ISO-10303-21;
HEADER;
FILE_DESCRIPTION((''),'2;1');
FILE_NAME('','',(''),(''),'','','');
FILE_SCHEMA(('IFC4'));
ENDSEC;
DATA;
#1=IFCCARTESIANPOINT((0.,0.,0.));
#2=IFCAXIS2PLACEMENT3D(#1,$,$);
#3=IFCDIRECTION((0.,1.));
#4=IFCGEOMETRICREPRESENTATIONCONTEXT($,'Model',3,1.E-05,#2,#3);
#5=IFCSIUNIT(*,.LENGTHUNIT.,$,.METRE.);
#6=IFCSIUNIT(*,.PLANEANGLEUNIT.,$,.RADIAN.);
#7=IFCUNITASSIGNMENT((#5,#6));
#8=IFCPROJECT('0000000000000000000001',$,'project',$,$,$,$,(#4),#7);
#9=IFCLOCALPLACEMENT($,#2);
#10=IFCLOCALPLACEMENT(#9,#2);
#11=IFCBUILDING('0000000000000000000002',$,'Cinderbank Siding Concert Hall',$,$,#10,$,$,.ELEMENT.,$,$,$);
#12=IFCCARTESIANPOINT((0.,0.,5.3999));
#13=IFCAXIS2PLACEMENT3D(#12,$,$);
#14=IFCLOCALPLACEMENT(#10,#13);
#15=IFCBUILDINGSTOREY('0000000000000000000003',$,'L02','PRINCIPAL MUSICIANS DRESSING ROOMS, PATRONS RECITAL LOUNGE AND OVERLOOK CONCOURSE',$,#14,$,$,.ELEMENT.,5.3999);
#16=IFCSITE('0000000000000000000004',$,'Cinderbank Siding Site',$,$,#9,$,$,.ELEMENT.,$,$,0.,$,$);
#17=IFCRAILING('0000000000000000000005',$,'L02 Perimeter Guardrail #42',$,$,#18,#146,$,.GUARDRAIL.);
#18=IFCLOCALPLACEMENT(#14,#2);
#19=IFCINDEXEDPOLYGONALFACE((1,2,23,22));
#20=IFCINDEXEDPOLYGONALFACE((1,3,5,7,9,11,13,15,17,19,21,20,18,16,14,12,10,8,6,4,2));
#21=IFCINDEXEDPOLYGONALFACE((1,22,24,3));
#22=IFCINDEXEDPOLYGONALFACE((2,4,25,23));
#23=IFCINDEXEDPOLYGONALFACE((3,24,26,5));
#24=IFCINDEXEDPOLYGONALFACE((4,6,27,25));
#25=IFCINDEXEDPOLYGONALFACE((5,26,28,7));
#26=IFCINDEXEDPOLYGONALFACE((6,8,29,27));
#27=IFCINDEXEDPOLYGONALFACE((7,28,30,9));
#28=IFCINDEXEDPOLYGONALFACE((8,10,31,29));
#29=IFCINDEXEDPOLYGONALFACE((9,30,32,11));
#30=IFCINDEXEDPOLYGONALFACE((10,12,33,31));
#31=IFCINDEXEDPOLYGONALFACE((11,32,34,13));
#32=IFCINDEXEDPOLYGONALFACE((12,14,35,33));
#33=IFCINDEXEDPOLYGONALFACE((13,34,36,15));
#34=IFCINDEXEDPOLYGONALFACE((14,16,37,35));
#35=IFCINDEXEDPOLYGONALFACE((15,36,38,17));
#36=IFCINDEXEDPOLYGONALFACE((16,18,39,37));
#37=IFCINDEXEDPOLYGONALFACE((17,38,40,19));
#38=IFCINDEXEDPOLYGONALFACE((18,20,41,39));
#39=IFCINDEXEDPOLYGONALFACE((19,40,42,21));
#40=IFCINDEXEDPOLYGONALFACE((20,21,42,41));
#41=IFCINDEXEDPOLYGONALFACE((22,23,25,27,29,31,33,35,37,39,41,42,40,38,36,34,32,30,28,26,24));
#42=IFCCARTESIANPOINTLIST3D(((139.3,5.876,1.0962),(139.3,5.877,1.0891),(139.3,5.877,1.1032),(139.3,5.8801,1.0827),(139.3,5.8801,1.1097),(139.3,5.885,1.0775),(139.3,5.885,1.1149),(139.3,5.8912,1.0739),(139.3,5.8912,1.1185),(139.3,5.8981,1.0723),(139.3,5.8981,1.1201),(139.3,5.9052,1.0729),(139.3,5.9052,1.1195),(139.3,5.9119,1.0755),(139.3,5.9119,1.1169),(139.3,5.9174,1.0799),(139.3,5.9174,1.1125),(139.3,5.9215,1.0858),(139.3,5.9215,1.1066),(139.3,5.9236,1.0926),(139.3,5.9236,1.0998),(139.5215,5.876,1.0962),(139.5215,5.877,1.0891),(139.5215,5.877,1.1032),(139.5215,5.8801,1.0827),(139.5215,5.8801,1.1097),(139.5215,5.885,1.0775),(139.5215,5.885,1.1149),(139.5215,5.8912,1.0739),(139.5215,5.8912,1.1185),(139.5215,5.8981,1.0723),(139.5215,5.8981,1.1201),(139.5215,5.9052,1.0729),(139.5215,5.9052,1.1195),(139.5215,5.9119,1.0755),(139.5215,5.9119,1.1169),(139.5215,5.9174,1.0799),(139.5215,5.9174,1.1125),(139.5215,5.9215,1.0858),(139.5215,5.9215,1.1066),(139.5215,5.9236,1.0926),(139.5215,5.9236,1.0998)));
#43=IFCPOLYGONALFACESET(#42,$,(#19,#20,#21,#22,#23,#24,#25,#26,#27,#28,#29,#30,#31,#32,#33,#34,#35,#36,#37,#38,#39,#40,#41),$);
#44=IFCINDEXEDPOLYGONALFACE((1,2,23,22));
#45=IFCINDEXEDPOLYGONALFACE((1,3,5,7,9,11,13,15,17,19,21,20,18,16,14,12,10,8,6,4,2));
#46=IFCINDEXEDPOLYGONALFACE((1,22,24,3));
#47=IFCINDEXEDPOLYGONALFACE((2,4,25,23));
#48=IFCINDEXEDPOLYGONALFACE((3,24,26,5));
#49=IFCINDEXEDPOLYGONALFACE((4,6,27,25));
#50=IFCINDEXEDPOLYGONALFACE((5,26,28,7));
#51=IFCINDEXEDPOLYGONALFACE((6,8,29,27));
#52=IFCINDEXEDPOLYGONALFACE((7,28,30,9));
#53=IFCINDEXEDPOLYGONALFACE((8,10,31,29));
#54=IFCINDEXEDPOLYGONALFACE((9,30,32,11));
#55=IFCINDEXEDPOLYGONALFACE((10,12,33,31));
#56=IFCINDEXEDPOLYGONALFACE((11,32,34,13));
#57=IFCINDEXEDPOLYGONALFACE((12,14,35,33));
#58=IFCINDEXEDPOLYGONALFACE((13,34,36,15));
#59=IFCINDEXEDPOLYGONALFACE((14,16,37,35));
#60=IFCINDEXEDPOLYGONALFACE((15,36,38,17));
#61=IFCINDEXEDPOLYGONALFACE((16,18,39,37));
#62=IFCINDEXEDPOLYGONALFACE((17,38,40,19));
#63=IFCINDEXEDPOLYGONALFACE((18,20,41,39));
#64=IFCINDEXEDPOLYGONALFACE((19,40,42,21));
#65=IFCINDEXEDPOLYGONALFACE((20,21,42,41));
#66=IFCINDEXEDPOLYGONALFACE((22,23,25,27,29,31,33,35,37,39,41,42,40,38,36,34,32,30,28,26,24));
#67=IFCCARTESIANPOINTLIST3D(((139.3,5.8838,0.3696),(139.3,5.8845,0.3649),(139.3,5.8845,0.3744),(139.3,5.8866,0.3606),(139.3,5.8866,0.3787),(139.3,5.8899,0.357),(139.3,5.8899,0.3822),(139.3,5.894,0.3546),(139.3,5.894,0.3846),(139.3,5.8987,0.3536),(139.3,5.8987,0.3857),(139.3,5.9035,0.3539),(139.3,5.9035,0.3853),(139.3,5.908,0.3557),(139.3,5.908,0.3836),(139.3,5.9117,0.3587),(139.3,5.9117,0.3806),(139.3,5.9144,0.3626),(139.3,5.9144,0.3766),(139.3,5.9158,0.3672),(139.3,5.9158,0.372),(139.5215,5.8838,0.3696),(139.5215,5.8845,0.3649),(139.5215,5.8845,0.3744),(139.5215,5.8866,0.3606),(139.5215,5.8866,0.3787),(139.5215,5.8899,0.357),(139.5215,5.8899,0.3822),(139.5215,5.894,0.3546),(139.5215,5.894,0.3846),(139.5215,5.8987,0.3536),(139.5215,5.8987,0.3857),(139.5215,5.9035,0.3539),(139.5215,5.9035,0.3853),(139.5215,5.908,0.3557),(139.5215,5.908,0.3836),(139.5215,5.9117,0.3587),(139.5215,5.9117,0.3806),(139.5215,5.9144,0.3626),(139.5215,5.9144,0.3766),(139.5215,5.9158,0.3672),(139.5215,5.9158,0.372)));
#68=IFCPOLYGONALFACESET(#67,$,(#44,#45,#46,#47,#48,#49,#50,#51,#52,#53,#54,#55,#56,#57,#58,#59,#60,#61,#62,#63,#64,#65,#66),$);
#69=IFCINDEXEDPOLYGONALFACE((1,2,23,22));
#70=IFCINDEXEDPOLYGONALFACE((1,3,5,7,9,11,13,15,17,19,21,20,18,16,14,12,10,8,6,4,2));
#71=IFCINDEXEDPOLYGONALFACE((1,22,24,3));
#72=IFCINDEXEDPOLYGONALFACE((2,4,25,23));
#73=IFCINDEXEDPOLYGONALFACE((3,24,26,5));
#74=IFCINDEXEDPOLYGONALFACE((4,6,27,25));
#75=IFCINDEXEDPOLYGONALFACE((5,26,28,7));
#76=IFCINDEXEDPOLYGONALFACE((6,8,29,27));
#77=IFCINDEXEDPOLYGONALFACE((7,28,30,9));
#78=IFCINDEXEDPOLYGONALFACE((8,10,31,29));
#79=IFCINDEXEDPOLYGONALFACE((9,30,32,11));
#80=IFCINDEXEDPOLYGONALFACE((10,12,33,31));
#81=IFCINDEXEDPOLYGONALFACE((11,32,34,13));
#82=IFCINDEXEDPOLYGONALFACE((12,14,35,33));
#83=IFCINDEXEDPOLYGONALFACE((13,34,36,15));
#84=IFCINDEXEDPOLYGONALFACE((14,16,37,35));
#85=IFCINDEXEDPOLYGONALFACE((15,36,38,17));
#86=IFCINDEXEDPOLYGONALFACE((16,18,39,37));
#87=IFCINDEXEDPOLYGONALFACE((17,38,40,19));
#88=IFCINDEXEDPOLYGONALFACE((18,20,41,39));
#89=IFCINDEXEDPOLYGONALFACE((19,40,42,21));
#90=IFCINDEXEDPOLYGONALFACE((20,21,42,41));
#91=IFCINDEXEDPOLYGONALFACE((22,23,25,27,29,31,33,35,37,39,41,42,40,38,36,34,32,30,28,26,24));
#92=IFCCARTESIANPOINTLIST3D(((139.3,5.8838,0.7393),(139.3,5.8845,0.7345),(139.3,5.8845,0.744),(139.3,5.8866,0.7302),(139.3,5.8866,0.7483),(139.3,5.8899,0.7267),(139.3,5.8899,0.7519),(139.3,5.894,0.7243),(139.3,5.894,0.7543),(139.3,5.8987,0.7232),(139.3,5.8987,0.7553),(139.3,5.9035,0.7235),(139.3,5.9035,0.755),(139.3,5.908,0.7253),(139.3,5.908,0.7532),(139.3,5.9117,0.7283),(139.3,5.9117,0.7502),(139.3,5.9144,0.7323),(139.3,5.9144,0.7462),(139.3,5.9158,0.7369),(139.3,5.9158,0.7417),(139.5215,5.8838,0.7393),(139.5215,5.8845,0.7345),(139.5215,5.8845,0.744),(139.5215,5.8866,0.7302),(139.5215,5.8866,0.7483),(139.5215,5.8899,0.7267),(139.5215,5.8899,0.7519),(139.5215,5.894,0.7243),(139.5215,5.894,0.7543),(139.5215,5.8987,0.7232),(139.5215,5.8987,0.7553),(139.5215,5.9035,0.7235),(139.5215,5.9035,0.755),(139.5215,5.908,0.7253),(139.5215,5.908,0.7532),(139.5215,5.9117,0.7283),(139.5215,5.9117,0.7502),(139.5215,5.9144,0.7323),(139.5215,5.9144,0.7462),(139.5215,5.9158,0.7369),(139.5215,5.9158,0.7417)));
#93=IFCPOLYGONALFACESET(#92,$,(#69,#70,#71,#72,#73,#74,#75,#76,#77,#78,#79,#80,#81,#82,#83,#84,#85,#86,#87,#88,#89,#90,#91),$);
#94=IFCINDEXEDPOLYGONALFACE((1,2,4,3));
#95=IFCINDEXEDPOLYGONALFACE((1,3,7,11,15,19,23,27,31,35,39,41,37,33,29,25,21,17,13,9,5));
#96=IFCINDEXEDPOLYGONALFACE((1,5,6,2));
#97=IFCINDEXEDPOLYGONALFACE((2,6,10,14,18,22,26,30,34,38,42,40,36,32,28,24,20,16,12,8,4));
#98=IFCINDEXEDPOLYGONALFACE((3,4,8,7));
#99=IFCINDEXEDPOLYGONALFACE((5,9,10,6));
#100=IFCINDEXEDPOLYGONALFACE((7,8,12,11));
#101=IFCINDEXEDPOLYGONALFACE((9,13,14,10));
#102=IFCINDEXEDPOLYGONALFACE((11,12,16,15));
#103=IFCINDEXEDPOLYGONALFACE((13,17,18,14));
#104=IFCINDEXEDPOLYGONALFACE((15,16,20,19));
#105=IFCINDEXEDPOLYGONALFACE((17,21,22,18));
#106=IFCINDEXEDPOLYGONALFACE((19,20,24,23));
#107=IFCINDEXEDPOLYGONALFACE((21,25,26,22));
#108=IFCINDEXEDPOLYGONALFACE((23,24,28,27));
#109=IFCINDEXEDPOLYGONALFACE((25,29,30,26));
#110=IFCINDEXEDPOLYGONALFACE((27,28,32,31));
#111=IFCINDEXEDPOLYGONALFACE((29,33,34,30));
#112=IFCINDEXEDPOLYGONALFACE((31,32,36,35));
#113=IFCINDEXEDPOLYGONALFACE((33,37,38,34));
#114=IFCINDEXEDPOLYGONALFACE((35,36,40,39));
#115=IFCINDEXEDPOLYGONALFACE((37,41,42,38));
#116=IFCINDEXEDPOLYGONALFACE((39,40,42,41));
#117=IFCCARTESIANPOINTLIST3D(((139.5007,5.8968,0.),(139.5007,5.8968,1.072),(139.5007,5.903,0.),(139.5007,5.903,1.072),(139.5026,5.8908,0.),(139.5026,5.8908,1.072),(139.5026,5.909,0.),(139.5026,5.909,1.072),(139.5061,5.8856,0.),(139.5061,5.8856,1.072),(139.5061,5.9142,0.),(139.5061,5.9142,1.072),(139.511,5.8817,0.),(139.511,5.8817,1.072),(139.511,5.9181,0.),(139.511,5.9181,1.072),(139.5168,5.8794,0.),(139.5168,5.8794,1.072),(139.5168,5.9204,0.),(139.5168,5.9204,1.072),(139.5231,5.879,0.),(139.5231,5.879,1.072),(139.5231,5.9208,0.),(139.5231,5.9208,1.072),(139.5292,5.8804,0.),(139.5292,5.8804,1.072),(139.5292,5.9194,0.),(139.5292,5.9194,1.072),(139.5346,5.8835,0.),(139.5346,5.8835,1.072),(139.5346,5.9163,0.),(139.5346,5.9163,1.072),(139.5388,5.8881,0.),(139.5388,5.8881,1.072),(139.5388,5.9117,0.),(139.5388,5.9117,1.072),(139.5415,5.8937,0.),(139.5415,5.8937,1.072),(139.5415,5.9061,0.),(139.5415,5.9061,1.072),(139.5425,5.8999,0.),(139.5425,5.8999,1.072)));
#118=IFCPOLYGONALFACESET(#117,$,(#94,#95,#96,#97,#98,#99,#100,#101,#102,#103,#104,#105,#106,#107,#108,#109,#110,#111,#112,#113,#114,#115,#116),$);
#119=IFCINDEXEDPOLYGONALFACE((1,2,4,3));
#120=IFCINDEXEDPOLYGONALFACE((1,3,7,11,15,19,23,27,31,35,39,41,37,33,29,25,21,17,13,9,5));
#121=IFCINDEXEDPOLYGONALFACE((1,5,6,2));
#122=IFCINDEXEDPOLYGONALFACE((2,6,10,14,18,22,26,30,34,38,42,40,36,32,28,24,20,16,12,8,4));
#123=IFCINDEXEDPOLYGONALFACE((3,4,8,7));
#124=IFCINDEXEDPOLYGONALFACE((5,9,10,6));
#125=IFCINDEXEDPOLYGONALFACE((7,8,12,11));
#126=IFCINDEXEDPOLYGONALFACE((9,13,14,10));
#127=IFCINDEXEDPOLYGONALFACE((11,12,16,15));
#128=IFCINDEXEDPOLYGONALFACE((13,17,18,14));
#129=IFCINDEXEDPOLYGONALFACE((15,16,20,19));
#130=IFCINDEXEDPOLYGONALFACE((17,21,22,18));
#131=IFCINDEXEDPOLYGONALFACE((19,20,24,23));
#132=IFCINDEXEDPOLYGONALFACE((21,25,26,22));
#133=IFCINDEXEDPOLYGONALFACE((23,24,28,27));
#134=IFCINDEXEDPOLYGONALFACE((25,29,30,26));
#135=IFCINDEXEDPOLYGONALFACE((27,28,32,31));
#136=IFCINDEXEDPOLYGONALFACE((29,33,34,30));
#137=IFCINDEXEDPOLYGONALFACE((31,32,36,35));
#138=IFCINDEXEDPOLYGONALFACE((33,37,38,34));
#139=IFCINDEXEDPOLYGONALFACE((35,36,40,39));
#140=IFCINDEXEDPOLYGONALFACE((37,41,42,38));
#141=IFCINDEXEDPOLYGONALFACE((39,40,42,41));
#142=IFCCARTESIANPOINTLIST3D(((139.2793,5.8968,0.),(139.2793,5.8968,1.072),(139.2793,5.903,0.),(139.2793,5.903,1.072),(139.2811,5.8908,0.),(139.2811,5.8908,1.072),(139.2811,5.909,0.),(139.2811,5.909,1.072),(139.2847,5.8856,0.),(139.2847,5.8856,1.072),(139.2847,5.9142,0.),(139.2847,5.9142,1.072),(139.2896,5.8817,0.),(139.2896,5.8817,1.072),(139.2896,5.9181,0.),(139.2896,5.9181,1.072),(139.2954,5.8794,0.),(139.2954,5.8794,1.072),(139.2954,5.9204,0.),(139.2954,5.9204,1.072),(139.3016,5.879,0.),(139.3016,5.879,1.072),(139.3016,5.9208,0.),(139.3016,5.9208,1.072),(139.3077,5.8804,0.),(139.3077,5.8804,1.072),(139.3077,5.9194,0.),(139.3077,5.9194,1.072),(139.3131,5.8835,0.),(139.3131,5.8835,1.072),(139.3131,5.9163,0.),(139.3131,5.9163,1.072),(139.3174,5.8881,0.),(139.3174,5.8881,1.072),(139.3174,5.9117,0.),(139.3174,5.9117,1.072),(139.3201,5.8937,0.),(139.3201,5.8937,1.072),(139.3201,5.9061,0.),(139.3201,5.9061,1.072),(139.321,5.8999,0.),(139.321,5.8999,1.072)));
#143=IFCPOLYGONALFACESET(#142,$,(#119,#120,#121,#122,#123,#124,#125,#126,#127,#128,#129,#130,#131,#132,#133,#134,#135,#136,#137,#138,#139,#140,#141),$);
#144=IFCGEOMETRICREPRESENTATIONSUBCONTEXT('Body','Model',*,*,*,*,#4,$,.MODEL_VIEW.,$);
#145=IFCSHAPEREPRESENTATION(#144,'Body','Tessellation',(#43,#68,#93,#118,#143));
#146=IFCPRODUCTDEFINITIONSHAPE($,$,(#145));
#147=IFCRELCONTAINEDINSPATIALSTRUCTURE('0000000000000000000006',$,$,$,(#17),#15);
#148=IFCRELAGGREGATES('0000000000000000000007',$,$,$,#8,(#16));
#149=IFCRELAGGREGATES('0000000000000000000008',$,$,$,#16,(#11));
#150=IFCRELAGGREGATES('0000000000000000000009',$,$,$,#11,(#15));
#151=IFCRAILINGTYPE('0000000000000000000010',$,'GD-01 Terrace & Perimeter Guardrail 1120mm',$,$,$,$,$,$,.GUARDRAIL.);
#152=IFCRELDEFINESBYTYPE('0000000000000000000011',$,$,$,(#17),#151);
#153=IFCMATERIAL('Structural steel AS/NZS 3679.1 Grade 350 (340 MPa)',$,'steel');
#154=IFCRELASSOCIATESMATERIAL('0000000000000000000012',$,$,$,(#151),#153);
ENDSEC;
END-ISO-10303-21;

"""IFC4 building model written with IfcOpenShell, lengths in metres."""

from ifc_helpers import new_model, si_unit, direction, frame, origin, origin_2d, place, context, subcontext, project, spatial, circle, extrude, material, type_object, element, save


model = new_model("IFC4")

# Units and contexts
model_context = context("Model", 3, precision=1e-05, world=origin(), true_north=direction((0.0, 1.0)))
body_context = subcontext(model_context, "Body", "Model", "MODEL_VIEW")
ifc_project = project(units=[si_unit("LENGTHUNIT", "METRE"), si_unit("PLANEANGLEUNIT", "RADIAN")], contexts=[model_context])

# Site, building, storey
site_placement = place(None, origin())
site = spatial("IfcSite", under=ifc_project, at=site_placement, Name="Cinderbank Siding Site", CompositionType="ELEMENT", RefElevation=0.0)
building_placement = place(site_placement, origin())
building = spatial("IfcBuilding", under=site, at=building_placement, Name="Cinderbank Siding Concert Hall", CompositionType="ELEMENT")
storey_placement = place(building_placement, frame((0.0, 0.0, 5.3999)))
storey = spatial("IfcBuildingStorey", under=building, at=storey_placement, Name="L02", Description="PRINCIPAL MUSICIANS DRESSING ROOMS, PATRONS RECITAL LOUNGE AND OVERLOOK CONCOURSE", CompositionType="ELEMENT", Elevation=5.3999)

# Shared definitions
ifc_material_1 = material(Name="Structural steel AS/NZS 3679.1 Grade 350 (340 MPa)", Category="steel")

# Railing
railing_type = type_object("IfcRailingType", Name="GD-01 Terrace & Perimeter Guardrail 1120mm", PredefinedType="GUARDRAIL", material=ifc_material_1)
railing_1_placement = place(storey_placement, frame((139.5215, 5.8999, 0.0)))
element("IfcRailing", 1, at=railing_1_placement, inside=storey, type_object=railing_type, Name="L02 Perimeter Guardrail #42", PredefinedType="GUARDRAIL", context=body_context, shape_type="SweptSolid", body=[
    extrude(circle(Radius=0.0239, at=origin_2d()), frame((0.0, 0.0, 1.0962), z_axis=(-1.0, 0.0, 0.0), x_axis=(0.0, -1.0, 0.0)), (0.0, 0.0, 1.0), 0.2214),
    extrude(circle(Radius=0.0161, at=origin_2d()), frame((0.0, 0.0, 0.3696), z_axis=(-1.0, 0.0, 0.0), x_axis=(0.0, -1.0, 0.0)), (0.0, 0.0, 1.0), 0.2214),
    extrude(circle(Radius=0.0161, at=origin_2d()), frame((0.0, 0.0, 0.7393), z_axis=(-1.0, 0.0, 0.0), x_axis=(0.0, -1.0, 0.0)), (0.0, 0.0, 1.0), 0.2214),
    extrude(circle(Radius=0.021, at=origin_2d()), origin(), (0.0, 0.0, 1.0), 1.072),
    extrude(circle(Radius=0.021, at=origin_2d()), frame((-0.2214, 0.0, 0.0)), (0.0, 0.0, 1.0), 1.072),
])

save(model, "model.ifc")
